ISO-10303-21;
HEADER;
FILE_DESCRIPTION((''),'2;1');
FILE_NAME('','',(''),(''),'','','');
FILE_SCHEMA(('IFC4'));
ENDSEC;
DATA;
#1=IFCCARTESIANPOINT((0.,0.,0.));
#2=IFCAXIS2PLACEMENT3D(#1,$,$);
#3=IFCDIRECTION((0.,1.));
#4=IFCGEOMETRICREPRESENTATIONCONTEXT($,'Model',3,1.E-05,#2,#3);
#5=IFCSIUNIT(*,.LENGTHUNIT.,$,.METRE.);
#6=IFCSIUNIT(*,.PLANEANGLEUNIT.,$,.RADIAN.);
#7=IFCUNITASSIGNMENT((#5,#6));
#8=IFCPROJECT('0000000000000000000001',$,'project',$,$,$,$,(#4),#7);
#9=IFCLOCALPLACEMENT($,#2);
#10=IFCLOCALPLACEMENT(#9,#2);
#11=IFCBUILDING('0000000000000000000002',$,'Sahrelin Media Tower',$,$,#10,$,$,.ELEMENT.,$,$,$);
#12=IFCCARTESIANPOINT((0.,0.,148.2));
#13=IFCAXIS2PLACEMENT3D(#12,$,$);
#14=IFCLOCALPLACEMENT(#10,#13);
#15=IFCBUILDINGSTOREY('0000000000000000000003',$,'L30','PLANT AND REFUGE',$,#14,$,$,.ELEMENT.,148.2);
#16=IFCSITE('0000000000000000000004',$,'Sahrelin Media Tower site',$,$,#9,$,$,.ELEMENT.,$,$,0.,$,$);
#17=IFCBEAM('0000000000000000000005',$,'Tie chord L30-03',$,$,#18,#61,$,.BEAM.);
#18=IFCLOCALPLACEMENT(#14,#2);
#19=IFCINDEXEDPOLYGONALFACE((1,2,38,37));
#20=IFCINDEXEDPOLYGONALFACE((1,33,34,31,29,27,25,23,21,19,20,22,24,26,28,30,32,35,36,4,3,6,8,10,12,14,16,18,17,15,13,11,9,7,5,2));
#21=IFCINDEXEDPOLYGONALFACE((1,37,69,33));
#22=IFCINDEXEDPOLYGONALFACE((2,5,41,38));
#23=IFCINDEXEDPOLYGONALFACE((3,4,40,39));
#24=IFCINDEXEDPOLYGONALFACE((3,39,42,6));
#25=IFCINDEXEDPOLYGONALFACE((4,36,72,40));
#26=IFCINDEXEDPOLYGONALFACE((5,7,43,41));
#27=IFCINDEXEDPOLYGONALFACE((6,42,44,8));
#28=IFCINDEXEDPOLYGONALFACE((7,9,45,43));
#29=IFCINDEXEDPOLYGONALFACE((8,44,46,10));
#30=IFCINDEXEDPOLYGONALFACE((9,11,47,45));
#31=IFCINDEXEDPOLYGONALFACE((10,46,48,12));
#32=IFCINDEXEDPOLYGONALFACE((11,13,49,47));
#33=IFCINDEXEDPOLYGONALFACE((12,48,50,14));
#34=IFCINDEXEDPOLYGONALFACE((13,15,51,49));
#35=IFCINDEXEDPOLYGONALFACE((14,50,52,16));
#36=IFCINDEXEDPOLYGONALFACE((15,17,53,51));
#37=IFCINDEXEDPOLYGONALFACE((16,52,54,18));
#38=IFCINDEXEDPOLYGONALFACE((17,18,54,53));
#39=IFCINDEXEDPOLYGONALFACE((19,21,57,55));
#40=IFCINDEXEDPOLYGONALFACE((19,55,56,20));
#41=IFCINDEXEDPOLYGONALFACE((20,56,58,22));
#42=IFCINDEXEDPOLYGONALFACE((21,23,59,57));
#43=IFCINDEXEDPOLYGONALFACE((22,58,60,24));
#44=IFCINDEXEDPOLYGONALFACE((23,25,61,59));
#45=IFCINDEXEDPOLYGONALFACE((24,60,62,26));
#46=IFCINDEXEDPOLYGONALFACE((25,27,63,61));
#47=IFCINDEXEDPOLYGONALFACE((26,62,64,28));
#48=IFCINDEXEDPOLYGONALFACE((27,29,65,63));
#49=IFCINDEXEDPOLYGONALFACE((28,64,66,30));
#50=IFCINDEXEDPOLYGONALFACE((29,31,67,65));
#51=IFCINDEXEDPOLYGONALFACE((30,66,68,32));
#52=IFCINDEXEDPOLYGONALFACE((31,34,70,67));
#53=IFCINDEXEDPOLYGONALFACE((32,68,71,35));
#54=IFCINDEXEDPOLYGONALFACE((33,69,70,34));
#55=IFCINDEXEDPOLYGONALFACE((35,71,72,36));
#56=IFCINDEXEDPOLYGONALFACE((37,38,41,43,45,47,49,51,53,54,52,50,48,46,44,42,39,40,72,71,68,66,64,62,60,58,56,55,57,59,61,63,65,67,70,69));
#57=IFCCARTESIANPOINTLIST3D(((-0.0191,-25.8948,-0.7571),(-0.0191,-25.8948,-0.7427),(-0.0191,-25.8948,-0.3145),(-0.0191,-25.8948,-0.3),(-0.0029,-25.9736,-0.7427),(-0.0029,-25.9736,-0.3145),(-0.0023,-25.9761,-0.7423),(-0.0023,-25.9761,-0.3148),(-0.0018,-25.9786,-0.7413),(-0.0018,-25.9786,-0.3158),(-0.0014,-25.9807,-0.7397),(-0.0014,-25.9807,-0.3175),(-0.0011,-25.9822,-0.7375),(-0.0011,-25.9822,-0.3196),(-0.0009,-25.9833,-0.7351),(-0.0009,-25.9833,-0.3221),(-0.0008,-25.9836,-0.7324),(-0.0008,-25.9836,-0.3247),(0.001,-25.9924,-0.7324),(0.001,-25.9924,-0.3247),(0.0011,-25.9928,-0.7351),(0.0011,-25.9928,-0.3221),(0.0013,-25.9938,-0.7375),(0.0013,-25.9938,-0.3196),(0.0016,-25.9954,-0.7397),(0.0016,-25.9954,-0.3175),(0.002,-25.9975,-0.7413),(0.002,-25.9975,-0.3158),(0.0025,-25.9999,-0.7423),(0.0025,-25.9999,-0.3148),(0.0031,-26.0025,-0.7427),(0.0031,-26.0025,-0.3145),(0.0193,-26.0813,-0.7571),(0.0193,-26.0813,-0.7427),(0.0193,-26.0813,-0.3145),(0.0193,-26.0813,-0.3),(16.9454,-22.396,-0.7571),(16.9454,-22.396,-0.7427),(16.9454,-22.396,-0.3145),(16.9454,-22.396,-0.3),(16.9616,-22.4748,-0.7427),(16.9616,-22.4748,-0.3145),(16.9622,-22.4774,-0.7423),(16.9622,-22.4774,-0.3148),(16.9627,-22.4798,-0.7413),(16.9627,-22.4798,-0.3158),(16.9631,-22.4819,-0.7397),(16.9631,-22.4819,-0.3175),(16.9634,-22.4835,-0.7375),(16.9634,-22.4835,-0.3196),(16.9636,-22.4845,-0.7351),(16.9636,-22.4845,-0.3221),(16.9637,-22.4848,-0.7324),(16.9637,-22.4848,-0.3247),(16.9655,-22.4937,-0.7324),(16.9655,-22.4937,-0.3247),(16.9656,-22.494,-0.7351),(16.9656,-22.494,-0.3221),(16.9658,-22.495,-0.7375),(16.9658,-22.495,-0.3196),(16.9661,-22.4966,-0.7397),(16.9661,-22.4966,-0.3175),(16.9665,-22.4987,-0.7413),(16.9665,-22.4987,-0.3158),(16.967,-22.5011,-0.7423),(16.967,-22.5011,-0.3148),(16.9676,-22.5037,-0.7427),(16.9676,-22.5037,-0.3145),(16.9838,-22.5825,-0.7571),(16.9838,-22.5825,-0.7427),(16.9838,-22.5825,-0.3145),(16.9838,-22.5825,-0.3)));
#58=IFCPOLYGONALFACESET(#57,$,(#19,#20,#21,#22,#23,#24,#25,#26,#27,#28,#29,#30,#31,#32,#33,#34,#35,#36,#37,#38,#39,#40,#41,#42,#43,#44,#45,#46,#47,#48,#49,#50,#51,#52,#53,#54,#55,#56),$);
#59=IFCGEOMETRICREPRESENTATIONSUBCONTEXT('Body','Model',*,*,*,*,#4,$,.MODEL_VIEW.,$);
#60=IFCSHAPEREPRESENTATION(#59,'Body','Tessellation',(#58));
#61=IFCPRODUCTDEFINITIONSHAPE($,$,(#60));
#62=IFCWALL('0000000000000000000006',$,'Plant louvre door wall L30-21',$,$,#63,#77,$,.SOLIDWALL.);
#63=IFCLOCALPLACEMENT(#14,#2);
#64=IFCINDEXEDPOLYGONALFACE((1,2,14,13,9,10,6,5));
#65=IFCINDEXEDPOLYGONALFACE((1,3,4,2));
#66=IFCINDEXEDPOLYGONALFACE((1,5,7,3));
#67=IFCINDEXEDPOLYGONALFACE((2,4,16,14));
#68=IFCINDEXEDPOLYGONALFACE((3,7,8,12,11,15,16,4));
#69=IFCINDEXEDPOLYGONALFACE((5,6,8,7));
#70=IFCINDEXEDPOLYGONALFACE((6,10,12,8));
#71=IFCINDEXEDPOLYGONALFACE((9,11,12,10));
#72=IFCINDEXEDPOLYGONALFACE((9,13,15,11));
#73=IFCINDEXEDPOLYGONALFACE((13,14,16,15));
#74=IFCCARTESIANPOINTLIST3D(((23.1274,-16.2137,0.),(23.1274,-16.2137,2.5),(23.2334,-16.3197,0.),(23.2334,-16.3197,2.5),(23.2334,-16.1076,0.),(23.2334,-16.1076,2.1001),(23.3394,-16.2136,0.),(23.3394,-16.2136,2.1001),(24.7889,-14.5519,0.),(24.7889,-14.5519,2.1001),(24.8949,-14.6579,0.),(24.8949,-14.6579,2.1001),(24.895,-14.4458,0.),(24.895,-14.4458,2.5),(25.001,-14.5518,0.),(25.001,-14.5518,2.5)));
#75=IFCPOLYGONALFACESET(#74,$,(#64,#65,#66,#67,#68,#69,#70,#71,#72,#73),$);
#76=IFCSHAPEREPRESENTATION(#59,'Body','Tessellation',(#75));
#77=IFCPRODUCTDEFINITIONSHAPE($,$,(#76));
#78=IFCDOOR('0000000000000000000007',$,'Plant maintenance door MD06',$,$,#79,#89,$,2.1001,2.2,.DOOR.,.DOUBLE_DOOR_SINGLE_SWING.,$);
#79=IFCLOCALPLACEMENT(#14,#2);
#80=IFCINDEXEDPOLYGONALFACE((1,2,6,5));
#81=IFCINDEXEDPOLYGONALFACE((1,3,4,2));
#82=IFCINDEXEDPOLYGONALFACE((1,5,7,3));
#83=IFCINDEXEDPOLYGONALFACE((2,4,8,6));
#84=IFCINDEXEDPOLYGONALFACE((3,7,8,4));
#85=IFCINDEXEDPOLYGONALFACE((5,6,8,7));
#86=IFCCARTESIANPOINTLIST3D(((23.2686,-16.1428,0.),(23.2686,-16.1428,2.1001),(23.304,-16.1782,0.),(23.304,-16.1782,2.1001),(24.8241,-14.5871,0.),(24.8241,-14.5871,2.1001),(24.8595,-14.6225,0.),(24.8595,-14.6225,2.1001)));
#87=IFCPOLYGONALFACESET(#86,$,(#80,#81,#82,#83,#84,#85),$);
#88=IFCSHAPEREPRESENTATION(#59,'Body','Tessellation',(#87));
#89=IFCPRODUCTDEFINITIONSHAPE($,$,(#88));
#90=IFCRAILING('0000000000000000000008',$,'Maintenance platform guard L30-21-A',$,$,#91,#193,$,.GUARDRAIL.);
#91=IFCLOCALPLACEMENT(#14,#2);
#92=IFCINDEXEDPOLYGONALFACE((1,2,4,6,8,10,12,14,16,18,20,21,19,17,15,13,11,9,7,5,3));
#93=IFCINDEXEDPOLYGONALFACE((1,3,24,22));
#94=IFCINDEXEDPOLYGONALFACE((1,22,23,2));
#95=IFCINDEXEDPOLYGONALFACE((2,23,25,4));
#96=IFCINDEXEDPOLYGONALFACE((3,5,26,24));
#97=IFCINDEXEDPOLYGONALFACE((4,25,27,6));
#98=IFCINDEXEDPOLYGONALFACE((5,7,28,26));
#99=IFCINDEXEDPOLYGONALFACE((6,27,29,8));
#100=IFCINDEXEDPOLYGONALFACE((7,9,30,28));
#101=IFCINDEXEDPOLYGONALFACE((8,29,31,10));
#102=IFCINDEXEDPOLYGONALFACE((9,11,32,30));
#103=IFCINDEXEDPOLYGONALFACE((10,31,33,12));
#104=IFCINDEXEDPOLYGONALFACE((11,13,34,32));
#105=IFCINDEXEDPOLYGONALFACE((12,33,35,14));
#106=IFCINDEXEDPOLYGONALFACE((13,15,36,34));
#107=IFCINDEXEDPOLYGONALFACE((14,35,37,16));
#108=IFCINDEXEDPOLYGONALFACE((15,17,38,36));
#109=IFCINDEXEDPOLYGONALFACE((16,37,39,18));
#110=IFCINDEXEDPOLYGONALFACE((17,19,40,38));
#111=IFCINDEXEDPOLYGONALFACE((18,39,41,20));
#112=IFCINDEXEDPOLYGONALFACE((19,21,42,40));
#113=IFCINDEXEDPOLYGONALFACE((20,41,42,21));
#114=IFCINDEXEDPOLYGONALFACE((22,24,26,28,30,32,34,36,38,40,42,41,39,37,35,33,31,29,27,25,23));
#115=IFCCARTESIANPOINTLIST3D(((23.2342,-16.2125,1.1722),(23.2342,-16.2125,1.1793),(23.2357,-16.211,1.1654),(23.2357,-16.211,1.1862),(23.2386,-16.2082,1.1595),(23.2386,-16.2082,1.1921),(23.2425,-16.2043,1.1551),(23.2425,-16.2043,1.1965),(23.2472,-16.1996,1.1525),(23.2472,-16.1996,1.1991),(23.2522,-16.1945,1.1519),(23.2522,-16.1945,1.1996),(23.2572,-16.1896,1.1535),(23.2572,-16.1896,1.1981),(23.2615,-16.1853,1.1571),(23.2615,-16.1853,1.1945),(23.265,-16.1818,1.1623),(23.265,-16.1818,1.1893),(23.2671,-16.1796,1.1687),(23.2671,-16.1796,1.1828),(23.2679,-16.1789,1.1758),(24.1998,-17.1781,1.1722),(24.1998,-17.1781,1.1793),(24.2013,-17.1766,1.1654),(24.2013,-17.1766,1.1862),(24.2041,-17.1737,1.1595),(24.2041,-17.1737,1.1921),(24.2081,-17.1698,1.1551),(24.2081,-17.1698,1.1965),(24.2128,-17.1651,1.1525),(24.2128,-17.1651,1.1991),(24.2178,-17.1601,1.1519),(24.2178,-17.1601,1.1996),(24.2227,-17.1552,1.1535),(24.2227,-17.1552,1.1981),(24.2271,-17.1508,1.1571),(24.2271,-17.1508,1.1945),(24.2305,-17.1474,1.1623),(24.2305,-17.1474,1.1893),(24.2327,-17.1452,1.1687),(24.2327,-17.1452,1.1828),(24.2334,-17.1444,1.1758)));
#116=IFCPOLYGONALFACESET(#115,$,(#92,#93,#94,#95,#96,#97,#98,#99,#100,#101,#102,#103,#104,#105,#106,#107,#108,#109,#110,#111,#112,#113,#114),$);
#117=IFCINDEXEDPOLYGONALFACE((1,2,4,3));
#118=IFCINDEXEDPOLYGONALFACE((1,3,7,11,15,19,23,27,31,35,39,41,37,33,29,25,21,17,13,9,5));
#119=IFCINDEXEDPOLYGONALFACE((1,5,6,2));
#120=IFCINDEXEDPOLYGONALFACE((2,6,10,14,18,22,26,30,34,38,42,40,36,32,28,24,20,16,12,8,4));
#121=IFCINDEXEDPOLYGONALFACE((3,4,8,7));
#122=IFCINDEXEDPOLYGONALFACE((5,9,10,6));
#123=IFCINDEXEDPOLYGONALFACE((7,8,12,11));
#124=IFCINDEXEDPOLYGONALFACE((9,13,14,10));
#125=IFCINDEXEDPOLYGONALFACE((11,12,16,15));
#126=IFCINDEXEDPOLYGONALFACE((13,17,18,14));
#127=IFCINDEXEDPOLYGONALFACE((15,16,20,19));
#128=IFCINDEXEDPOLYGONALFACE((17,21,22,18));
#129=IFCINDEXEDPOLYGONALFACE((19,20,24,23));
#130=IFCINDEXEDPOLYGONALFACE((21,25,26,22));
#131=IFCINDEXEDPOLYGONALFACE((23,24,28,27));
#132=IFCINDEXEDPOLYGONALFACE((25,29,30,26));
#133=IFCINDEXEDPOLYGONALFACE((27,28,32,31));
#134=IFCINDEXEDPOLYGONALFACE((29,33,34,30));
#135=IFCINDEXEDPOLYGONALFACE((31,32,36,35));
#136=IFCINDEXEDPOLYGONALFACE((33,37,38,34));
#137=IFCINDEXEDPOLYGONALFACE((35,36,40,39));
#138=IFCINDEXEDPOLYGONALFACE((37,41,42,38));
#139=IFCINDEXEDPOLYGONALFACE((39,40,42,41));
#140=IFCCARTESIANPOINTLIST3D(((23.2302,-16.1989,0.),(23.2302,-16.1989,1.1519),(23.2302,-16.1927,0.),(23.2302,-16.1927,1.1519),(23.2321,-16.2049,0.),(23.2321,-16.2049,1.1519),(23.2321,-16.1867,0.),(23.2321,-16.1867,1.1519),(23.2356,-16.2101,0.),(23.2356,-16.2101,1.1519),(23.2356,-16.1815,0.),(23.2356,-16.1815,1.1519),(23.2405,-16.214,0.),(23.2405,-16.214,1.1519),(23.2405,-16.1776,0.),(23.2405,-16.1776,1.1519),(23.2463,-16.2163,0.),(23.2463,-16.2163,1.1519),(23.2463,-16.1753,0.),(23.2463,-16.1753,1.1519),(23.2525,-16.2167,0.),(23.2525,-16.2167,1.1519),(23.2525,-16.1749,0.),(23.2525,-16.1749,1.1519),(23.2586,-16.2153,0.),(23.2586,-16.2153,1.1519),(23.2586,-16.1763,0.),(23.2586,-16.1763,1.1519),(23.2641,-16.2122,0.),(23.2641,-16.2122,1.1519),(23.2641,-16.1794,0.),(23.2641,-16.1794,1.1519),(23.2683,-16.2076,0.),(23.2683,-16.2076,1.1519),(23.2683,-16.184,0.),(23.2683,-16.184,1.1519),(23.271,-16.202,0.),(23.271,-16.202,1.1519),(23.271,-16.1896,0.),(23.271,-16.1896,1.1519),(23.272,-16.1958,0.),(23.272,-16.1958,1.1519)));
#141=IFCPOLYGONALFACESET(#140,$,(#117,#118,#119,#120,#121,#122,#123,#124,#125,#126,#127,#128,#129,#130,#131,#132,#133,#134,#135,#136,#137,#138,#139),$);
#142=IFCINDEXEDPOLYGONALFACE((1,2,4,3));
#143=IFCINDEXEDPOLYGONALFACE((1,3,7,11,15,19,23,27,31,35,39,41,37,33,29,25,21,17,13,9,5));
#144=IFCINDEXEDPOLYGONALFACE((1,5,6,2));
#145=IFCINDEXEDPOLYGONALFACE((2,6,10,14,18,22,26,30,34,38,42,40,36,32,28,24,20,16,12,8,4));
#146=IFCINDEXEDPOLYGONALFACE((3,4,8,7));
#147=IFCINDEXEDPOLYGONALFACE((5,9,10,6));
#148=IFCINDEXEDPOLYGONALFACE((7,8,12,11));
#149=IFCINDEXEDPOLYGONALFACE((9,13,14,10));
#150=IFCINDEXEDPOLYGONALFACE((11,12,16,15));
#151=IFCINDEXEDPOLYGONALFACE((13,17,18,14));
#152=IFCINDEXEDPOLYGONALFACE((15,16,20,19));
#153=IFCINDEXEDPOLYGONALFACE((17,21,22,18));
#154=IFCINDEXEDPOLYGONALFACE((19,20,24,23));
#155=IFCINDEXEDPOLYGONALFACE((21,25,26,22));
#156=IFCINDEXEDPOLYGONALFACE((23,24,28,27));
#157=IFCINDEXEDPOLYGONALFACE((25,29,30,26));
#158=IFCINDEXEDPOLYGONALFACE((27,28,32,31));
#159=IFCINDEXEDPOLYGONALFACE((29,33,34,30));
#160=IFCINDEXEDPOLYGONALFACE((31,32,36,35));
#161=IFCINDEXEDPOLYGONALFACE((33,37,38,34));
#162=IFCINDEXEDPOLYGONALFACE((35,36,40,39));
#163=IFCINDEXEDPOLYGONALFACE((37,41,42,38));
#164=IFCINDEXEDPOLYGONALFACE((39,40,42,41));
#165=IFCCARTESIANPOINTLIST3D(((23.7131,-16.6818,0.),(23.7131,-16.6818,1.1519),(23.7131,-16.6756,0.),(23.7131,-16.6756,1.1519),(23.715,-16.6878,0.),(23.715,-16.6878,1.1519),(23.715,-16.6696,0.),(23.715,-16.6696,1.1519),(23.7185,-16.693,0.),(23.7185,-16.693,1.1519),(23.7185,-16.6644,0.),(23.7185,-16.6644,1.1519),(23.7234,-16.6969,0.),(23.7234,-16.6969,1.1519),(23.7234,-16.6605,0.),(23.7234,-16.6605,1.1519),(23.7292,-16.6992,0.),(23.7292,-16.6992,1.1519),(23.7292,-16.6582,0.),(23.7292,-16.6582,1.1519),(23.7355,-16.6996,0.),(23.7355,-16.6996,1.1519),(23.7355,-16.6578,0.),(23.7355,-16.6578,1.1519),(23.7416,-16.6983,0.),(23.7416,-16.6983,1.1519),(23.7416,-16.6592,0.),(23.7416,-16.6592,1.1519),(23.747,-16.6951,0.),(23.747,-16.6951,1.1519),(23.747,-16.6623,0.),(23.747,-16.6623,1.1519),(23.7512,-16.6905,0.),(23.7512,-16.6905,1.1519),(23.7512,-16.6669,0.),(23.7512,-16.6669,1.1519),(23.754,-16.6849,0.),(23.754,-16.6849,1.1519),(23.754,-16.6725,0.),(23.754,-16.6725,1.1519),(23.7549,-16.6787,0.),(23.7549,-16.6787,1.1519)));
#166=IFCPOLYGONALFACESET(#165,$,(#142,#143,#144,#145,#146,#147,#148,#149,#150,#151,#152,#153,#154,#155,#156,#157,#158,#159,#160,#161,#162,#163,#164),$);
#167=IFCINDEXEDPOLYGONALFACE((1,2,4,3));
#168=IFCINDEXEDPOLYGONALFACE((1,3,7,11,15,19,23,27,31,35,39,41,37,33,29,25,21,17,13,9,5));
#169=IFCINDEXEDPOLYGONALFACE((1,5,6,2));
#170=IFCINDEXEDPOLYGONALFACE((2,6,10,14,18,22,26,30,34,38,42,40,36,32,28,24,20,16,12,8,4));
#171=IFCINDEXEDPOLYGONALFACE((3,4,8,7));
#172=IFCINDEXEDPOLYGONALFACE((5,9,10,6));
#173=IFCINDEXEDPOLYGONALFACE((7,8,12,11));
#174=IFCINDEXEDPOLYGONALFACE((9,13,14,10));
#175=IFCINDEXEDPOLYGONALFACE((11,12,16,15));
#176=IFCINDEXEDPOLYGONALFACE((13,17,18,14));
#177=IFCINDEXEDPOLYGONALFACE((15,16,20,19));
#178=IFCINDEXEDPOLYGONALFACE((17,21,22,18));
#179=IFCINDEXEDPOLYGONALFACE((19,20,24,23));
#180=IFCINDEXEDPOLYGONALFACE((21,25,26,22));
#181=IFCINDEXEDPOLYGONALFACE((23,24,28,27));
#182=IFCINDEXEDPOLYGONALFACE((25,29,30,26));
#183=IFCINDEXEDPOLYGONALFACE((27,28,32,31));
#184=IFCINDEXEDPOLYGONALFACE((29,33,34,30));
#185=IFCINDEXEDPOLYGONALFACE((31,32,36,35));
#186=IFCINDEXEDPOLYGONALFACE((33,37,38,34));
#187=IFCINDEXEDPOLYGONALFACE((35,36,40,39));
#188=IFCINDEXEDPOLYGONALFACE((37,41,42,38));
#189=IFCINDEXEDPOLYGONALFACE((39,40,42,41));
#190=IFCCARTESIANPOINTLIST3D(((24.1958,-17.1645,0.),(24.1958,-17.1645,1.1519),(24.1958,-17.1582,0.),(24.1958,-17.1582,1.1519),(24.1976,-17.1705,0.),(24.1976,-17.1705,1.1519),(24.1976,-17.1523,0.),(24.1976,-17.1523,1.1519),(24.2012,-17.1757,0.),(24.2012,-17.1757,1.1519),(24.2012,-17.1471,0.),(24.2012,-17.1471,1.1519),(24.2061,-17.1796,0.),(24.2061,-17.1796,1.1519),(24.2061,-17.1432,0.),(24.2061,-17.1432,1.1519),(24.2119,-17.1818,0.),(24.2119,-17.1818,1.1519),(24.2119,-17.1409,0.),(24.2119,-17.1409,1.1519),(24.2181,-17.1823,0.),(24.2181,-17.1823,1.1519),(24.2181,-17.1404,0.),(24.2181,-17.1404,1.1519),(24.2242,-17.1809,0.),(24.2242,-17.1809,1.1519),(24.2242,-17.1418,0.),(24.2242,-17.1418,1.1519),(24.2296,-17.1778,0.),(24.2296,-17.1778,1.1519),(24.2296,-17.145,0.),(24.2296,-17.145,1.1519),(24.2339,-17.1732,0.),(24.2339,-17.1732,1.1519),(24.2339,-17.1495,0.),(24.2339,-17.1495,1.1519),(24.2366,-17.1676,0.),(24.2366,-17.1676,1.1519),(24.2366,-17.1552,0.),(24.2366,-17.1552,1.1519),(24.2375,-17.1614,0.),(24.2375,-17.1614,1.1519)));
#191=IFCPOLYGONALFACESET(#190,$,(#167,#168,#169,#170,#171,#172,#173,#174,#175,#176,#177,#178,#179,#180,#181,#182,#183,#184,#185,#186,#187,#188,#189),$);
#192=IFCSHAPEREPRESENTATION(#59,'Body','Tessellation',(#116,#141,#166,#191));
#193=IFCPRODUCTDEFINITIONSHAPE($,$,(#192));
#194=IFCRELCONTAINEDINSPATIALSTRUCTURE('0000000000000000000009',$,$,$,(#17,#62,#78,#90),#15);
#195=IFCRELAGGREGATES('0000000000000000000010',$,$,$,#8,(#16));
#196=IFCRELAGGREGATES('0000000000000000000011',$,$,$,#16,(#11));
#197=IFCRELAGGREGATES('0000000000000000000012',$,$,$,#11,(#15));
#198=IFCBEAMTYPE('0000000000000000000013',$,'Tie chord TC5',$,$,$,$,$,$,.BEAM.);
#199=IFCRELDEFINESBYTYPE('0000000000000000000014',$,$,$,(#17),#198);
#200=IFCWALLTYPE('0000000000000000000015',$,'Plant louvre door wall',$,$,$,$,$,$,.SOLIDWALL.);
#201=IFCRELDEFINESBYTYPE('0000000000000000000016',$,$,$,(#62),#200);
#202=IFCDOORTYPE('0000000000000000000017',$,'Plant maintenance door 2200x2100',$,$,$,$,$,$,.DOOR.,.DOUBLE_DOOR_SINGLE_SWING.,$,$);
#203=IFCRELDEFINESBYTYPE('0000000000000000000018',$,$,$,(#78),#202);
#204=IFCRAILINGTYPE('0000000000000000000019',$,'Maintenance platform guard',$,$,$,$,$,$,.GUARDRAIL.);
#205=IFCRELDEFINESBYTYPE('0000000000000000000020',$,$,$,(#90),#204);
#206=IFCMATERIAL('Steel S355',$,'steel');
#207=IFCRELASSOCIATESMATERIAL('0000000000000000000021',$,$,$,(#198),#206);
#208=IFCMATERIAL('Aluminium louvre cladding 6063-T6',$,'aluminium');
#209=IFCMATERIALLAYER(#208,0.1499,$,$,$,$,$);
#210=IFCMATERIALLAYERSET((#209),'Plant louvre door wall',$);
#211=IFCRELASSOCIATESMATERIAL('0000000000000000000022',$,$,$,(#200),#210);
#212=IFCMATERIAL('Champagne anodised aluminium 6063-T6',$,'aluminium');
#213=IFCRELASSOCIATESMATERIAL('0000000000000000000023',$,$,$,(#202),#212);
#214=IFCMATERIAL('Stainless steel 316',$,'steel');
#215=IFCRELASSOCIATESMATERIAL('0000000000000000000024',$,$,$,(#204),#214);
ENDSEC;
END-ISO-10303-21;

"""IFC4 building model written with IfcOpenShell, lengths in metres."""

from ifc_helpers import new_model, si_unit, direction, frame, frame_2d, origin, origin_2d, place, context, subcontext, project, spatial, rectangle, circle, i_section, extrude, material, layer, layer_set, material_profile, profile_set, type_object, element, fill, save


model = new_model("IFC4")

# Units and contexts
model_context = context("Model", 3, precision=1e-05, world=origin(), true_north=direction((0.0, 1.0)))
body_context = subcontext(model_context, "Body", "Model", "MODEL_VIEW")
ifc_project = project(units=[si_unit("LENGTHUNIT", "METRE"), si_unit("PLANEANGLEUNIT", "RADIAN")], contexts=[model_context])

# Site, building, storey
site_placement = place(None, origin())
site = spatial("IfcSite", under=ifc_project, at=site_placement, Name="Sahrelin Media Tower site", CompositionType="ELEMENT", RefElevation=0.0)
building_placement = place(site_placement, origin())
building = spatial("IfcBuilding", under=site, at=building_placement, Name="Sahrelin Media Tower", CompositionType="ELEMENT")
storey_placement = place(building_placement, frame((0.0, 0.0, 148.2)))
storey = spatial("IfcBuildingStorey", under=building, at=storey_placement, Name="L30", Description="PLANT AND REFUGE", CompositionType="ELEMENT", Elevation=148.2)

# Beam
ifc_material_1 = material(Name="Steel S355", Category="steel")
ifc_material_profile_1 = material_profile(ifc_material_1, i_section(OverallWidth=0.1904, OverallDepth=0.457, WebThickness=0.009, FlangeThickness=0.0144, FilletRadius=0.0103, at=origin_2d()), Name="UB 457x191x74")
ifc_profile_set_1 = profile_set([ifc_material_profile_1], Name="Steel S355")
beam_type_1 = type_object("IfcBeamType", Name="Tie chord TC5", PredefinedType="BEAM", material=ifc_profile_set_1)
beam_1_placement = place(storey_placement, frame((16.9646, -22.4893, -0.5286), z_axis=(-0.979388, -0.201989, 0.0), x_axis=(0.201989, -0.979388, 0.0)))
element("IfcBeam", 1, at=beam_1_placement, inside=storey, type_object=beam_type_1, Name="Tie chord L30-03", PredefinedType="BEAM", context=body_context, shape_type="SweptSolid", body=[
    extrude(i_section(OverallWidth=0.1904, OverallDepth=0.457, WebThickness=0.009, FlangeThickness=0.0144, FilletRadius=0.0103, at=origin_2d()), origin(), (0.0, 0.0, 1.0), 17.3215),
])

# Wall, opening, door
ifc_material_2 = material(Name="Aluminium louvre cladding 6063-T6", Category="aluminium")
ifc_layer = layer(ifc_material_2, 0.1499)
ifc_layer_set = layer_set([ifc_layer], Name="Plant louvre door wall")
wall_type = type_object("IfcWallType", Name="Plant louvre door wall", PredefinedType="SOLIDWALL", material=ifc_layer_set)
wall_placement = place(storey_placement, frame((24.948, -14.4988, 0.0), z_axis=(0.0, 0.0, 1.0), x_axis=(-0.707058, -0.707156, 0.0)))
wall = element("IfcWall", 2, at=wall_placement, inside=storey, type_object=wall_type, Name="Plant louvre door wall L30-21", PredefinedType="SOLIDWALL", context=body_context, shape_type="SweptSolid", body=[
    extrude(rectangle(XDim=2.5, YDim=0.1499, at=frame_2d((1.25, 0.0))), origin(), (0.0, 0.0, 1.0), 2.5),
])
opening_placement = place(wall_placement, frame((0.1499, 0.0, 0.0)))
opening = element("IfcOpeningElement", 3, at=opening_placement, cuts=wall, PredefinedType="OPENING", context=body_context, shape_type="SweptSolid", body=[
    extrude(rectangle(XDim=2.2, YDim=2.1001, at=frame_2d((1.1001, 1.05))), frame((0.0, 0.075, 0.0), z_axis=(0.0, -1.0, 0.0), x_axis=(1.0, 0.0, 0.0)), (0.0, 0.0, 1.0), 0.1499),
])
ifc_material_3 = material(Name="Champagne anodised aluminium 6063-T6", Category="aluminium")
door_type = type_object("IfcDoorType", Name="Plant maintenance door 2200x2100", OperationType="DOUBLE_DOOR_SINGLE_SWING", PredefinedType="DOOR", material=ifc_material_3)
door_placement = place(opening_placement, origin())
door = element("IfcDoor", 4, at=door_placement, inside=storey, type_object=door_type, Name="Plant maintenance door MD06", OperationType="DOUBLE_DOOR_SINGLE_SWING", OverallHeight=2.1001, OverallWidth=2.2, PredefinedType="DOOR", context=body_context, shape_type="SweptSolid", body=[
    extrude(rectangle(XDim=2.2, YDim=2.1001, at=frame_2d((1.1001, 1.05))), frame((0.0, 0.0249, 0.0), z_axis=(0.0, -1.0, 0.0), x_axis=(1.0, 0.0, 0.0)), (0.0, 0.0, 1.0), 0.05),
])
fill(opening, door)

# Railing
ifc_material_4 = material(Name="Stainless steel 316", Category="steel")
railing_type = type_object("IfcRailingType", Name="Maintenance platform guard", PredefinedType="GUARDRAIL", material=ifc_material_4)
railing_1_placement = place(storey_placement, frame((23.251, -16.1958, 0.0)))
element("IfcRailing", 5, at=railing_1_placement, inside=storey, type_object=railing_type, Name="Maintenance platform guard L30-21-A", PredefinedType="GUARDRAIL", context=body_context, shape_type="SweptSolid", body=[
    extrude(circle(Radius=0.0239, at=origin_2d()), frame((0.0, 0.0, 1.1758), z_axis=(0.707107, -0.707107, 0.0), x_axis=(0.707107, 0.707107, 0.0)), (0.0, 0.0, 1.0), 1.3655),
    extrude(circle(Radius=0.021, at=origin_2d()), origin(), (0.0, 0.0, 1.0), 1.1519),
    extrude(circle(Radius=0.021, at=origin_2d()), frame((0.4829, -0.4829, 0.0)), (0.0, 0.0, 1.0), 1.1519),
    extrude(circle(Radius=0.021, at=origin_2d()), frame((0.9656, -0.9656, 0.0)), (0.0, 0.0, 1.0), 1.1519),
])

save(model, "model.ifc")
